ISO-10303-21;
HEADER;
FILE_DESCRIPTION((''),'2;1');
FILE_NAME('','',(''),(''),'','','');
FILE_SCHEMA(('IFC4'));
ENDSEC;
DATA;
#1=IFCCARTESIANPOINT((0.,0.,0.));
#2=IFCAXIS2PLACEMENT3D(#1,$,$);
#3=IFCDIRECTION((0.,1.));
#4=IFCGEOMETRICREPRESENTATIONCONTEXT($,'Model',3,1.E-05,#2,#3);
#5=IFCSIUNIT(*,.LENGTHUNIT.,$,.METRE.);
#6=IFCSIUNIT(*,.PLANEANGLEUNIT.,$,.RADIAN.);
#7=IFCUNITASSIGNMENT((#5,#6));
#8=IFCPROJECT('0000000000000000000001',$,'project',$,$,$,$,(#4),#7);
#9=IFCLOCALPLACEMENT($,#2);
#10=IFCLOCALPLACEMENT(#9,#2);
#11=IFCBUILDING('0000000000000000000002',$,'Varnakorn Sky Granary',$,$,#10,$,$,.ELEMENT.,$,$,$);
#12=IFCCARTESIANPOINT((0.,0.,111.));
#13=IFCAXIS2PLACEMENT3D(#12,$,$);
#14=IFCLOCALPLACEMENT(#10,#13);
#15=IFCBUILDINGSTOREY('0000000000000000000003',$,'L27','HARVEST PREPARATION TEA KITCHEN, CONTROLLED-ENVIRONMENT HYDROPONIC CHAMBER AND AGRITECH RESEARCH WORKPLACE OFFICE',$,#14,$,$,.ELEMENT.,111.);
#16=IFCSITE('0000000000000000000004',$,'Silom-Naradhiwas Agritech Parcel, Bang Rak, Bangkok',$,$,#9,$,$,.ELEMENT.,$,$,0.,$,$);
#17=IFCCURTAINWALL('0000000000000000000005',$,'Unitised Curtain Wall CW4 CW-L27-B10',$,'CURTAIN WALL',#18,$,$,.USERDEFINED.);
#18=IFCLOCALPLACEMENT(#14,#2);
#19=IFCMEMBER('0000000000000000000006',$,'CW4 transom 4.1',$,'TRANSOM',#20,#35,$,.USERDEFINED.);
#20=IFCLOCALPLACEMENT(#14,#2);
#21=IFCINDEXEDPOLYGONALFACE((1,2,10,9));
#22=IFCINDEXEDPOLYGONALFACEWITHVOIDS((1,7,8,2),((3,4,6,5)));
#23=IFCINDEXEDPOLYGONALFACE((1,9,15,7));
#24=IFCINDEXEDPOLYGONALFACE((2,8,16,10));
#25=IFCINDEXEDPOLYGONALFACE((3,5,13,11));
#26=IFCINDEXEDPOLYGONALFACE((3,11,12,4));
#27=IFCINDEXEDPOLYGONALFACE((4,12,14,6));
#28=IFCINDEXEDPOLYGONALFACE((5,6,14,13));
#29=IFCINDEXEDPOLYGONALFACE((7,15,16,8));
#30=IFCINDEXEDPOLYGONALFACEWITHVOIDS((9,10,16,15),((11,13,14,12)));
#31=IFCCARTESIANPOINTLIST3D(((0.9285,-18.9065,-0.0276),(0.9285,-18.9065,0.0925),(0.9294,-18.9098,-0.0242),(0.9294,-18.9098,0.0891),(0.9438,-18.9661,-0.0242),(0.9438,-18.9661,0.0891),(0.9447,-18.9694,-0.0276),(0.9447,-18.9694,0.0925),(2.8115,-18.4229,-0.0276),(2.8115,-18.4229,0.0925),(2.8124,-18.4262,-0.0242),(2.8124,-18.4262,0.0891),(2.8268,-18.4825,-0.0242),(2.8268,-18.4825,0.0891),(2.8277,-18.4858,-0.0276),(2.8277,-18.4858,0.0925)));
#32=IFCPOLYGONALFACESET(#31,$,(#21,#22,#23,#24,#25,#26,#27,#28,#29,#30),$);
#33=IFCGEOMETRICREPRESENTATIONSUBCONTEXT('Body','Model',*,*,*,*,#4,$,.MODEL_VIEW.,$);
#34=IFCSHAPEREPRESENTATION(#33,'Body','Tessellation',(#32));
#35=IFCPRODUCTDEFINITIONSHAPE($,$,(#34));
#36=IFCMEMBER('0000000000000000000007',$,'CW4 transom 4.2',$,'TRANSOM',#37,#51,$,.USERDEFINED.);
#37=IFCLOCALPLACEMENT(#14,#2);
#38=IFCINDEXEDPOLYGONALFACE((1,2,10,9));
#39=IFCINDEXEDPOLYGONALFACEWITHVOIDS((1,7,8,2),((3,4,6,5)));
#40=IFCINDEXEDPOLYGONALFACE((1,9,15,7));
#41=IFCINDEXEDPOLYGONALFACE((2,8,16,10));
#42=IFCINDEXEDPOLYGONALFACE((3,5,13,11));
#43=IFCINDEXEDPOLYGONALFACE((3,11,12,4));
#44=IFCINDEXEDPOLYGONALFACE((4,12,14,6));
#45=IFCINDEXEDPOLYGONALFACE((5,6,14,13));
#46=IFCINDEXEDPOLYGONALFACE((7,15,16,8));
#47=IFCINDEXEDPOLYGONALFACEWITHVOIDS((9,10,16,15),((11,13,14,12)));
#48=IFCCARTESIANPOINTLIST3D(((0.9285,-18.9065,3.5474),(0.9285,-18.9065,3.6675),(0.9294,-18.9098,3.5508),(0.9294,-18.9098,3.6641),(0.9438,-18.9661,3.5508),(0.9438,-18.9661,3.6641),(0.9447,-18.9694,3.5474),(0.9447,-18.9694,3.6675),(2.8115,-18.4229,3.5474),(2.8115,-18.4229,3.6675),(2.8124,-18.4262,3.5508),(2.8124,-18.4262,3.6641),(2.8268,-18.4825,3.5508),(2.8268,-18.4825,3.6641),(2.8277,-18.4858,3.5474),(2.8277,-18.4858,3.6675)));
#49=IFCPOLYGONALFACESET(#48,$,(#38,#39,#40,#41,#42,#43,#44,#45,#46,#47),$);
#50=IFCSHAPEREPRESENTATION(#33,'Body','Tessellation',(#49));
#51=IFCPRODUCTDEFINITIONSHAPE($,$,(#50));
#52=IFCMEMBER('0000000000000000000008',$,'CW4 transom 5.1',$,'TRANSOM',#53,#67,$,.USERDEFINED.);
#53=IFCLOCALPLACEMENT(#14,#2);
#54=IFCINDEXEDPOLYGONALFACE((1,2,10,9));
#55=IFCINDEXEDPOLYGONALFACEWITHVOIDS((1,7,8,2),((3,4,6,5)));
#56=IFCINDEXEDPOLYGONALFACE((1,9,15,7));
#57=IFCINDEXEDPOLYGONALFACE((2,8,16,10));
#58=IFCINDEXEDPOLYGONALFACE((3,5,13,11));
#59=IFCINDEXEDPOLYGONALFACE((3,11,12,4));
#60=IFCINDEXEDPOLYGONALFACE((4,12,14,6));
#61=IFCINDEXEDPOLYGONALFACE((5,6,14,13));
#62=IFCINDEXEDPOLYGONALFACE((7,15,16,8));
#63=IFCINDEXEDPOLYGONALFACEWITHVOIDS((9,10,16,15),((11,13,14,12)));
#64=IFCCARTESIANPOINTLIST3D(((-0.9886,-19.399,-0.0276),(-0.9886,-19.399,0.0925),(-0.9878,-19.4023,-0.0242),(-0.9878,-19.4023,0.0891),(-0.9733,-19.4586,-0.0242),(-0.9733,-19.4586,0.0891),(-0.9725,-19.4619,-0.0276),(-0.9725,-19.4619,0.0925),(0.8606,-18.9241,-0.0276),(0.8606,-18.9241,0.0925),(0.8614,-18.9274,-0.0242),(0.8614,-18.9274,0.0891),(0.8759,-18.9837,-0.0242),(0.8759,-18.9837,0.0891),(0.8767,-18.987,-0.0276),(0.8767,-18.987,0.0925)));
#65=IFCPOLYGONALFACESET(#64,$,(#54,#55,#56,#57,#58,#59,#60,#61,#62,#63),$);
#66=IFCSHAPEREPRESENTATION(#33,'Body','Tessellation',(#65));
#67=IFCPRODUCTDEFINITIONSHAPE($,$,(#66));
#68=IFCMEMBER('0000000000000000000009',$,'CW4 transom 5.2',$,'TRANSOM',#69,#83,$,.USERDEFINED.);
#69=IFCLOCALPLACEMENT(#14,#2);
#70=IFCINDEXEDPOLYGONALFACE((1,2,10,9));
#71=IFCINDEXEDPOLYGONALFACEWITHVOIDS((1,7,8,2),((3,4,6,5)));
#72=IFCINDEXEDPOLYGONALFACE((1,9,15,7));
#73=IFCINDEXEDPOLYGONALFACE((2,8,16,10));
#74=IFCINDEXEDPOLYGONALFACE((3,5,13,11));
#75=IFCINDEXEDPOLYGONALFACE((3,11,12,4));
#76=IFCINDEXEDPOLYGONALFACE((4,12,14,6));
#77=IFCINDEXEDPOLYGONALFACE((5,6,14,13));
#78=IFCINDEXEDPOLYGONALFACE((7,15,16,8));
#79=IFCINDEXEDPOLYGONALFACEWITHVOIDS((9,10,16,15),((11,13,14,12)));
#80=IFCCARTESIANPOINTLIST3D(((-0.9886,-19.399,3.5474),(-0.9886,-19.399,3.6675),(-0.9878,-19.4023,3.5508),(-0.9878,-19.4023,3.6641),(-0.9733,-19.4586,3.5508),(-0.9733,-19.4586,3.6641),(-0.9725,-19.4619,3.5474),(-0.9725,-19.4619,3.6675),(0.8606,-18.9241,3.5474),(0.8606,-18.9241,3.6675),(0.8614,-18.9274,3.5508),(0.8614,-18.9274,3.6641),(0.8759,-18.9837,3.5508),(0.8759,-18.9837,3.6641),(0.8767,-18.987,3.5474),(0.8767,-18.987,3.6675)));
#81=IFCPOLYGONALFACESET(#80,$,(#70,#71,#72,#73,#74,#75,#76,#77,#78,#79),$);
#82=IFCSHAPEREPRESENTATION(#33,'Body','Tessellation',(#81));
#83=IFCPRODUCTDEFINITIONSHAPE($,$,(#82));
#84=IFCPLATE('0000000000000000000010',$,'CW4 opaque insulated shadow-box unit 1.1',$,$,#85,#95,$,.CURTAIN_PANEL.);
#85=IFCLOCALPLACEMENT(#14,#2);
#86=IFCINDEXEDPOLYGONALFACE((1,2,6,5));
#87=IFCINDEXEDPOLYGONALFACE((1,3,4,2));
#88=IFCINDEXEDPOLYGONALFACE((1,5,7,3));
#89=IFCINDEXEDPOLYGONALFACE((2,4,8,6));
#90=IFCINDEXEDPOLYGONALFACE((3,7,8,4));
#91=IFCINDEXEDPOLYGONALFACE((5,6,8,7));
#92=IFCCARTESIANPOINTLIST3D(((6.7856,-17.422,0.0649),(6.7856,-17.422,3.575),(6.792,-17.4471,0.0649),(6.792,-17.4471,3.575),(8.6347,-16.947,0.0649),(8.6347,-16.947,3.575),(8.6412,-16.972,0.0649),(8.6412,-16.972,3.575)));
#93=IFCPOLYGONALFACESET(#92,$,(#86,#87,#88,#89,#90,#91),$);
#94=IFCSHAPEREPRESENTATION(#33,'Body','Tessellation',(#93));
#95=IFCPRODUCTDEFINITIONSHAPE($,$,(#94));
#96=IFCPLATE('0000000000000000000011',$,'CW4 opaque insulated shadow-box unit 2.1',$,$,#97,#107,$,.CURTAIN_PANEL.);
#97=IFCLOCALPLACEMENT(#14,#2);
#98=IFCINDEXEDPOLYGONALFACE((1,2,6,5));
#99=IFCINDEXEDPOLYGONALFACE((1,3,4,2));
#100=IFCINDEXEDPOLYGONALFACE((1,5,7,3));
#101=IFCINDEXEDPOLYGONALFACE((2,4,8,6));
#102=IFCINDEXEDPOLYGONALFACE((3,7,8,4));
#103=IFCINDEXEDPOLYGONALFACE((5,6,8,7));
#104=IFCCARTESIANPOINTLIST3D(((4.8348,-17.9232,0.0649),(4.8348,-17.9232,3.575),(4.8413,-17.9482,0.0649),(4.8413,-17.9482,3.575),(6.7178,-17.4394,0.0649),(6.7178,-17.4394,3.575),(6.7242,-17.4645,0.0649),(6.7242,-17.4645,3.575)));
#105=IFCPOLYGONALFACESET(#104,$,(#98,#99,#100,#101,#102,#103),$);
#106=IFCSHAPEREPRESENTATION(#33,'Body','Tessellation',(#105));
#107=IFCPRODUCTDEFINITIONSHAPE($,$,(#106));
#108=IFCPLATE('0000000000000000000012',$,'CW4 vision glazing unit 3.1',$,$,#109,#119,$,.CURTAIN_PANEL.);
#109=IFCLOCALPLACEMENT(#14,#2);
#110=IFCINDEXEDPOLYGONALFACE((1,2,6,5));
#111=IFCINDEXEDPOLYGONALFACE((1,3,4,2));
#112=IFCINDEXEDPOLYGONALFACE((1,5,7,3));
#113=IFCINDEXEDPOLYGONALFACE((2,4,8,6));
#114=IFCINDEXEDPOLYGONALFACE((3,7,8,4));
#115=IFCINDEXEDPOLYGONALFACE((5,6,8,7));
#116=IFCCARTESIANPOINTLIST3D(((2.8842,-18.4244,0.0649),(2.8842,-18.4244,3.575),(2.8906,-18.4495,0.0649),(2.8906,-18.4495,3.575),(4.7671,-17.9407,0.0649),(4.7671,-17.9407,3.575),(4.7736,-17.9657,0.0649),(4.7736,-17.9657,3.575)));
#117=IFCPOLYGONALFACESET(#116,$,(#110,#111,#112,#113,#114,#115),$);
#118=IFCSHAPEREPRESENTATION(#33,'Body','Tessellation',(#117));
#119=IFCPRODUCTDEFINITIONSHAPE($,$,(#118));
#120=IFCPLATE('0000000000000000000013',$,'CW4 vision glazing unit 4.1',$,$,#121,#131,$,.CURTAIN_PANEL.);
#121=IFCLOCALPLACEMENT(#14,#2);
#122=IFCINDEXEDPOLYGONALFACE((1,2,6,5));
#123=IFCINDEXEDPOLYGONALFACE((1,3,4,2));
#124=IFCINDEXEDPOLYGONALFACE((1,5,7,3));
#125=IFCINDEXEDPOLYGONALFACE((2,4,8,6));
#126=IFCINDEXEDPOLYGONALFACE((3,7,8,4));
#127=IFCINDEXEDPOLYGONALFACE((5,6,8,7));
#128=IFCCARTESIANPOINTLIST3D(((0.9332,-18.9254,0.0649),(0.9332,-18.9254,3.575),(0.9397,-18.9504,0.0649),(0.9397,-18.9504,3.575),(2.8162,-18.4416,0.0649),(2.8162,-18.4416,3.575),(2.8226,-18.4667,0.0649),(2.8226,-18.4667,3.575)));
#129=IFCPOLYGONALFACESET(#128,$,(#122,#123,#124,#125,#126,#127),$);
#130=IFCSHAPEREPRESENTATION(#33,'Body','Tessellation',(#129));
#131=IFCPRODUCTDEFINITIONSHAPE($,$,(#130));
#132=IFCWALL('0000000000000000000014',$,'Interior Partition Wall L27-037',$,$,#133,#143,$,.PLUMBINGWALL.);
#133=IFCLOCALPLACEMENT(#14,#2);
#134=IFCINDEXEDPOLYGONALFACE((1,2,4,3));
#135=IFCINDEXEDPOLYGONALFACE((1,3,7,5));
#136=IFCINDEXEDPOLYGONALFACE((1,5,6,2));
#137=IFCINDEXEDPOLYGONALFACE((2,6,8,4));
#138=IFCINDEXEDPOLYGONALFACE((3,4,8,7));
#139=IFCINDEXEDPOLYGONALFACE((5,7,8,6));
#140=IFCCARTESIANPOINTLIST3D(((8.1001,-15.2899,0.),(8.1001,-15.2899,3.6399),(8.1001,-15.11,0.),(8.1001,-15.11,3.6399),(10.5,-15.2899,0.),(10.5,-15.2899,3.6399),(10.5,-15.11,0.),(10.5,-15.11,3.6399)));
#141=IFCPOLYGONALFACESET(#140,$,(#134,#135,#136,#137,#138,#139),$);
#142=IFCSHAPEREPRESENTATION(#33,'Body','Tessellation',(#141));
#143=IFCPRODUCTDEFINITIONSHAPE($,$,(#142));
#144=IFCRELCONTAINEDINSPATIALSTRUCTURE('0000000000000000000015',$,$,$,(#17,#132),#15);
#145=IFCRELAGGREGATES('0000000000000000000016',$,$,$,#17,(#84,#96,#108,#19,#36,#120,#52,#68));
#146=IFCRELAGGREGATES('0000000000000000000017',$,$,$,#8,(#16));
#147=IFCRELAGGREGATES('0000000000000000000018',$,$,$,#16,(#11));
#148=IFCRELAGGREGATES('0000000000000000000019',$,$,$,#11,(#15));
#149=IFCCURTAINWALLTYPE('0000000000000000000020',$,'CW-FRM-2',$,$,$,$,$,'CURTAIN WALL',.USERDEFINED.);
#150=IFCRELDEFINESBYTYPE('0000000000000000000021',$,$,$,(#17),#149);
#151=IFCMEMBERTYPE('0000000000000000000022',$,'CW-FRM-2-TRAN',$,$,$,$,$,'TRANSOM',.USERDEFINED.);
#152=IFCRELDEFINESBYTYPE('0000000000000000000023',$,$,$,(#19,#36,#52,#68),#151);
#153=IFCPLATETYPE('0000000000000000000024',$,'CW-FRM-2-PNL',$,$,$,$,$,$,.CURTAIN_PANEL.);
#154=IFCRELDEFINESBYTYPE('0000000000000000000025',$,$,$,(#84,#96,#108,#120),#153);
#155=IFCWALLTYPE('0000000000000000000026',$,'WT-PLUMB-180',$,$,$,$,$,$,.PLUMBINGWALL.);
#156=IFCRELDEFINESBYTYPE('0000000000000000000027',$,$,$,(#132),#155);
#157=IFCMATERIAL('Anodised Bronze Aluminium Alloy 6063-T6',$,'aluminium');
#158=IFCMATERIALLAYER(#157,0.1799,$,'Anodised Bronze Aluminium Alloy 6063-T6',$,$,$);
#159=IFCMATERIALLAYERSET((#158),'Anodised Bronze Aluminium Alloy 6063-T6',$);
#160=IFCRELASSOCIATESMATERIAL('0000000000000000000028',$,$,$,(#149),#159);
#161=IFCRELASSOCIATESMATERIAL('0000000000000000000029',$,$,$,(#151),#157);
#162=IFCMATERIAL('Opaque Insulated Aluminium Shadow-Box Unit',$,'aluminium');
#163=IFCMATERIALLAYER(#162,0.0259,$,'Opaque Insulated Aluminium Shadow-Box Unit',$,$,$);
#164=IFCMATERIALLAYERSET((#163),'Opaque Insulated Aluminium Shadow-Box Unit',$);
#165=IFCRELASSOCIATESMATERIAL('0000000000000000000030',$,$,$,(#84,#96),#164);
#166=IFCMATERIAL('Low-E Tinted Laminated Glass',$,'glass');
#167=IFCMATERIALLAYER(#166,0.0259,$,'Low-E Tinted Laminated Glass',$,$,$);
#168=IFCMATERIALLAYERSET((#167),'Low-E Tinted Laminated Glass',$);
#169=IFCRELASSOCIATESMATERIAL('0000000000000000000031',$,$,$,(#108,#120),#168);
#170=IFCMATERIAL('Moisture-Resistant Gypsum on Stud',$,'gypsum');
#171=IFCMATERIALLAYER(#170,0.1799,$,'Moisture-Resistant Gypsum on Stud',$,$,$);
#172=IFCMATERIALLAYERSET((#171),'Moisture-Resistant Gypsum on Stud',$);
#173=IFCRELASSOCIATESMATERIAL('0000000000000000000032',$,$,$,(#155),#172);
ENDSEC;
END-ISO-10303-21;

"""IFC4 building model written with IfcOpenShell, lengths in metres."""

from ifc_helpers import new_model, si_unit, direction, frame, frame_2d, origin, origin_2d, place, context, subcontext, project, spatial, rectangle, hollow_rectangle, extrude, source, transform, mapped, material, layer, layer_set, material_profile, profile_set, type_object, type_shapes, element, aggregate, save


model = new_model("IFC4")

# Units and contexts
model_context = context("Model", 3, precision=1e-05, world=origin(), true_north=direction((0.0, 1.0)))
body_context = subcontext(model_context, "Body", "Model", "MODEL_VIEW")
ifc_project = project(units=[si_unit("LENGTHUNIT", "METRE"), si_unit("PLANEANGLEUNIT", "RADIAN")], contexts=[model_context])

# Site, building, storey
site_placement = place(None, origin())
site = spatial("IfcSite", under=ifc_project, at=site_placement, Name="Silom-Naradhiwas Agritech Parcel, Bang Rak, Bangkok", CompositionType="ELEMENT", RefElevation=0.0)
building_placement = place(site_placement, origin())
building = spatial("IfcBuilding", under=site, at=building_placement, Name="Varnakorn Sky Granary", CompositionType="ELEMENT")
storey_placement = place(building_placement, frame((0.0, 0.0, 111.0)))
storey = spatial("IfcBuildingStorey", under=building, at=storey_placement, Name="L27", Description="HARVEST PREPARATION TEA KITCHEN, CONTROLLED-ENVIRONMENT HYDROPONIC CHAMBER AND AGRITECH RESEARCH WORKPLACE OFFICE", CompositionType="ELEMENT", Elevation=111.0)

# Curtain wall, members, plates
ifc_material_1 = material(Name="Anodised Bronze Aluminium Alloy 6063-T6", Category="aluminium")
ifc_layer_1 = layer(ifc_material_1, 0.1799, Name="Anodised Bronze Aluminium Alloy 6063-T6")
ifc_layer_set_1 = layer_set([ifc_layer_1], Name="Anodised Bronze Aluminium Alloy 6063-T6")
curtain_wall_type = type_object("IfcCurtainWallType", Name="CW-FRM-2", ElementType="CURTAIN WALL", PredefinedType="USERDEFINED", material=ifc_layer_set_1)
curtain_wall_placement = place(storey_placement, origin())
curtain_wall = element("IfcCurtainWall", 1, at=curtain_wall_placement, inside=storey, type_object=curtain_wall_type, Name="Unitised Curtain Wall CW4 CW-L27-B10", ObjectType="CURTAIN WALL", PredefinedType="USERDEFINED")
ifc_material_profile_1 = material_profile(ifc_material_1, hollow_rectangle(XDim=0.0649, YDim=0.1201, WallThickness=0.0034, at=origin_2d()), Name="ALU TRAN 65x120")
ifc_profile_set_1 = profile_set([ifc_material_profile_1], Name="Anodised Bronze Aluminium Alloy 6063-T6")
member_type_1 = type_object("IfcMemberType", Name="CW-FRM-2-TRAN", ElementType="TRANSOM", PredefinedType="USERDEFINED", material=ifc_profile_set_1)
member_1_placement = place(storey_placement, frame((2.8196, -18.4543, 0.0325), z_axis=(-0.968564, -0.248765, 0.0), x_axis=(0.248765, -0.968564, 0.0)))
member_1 = element("IfcMember", 2, at=member_1_placement, type_object=member_type_1, Name="CW4 transom 4.1", ObjectType="TRANSOM", PredefinedType="USERDEFINED", context=body_context, shape_type="SweptSolid", body=[
    extrude(hollow_rectangle(XDim=0.0649, YDim=0.1201, WallThickness=0.0034, at=origin_2d()), origin(), (0.0, 0.0, 1.0), 1.9441),
])
member_2_placement = place(storey_placement, frame((2.8196, -18.4543, 3.6074), z_axis=(-0.968564, -0.248765, 0.0), x_axis=(0.248765, -0.968564, 0.0)))
member_2 = element("IfcMember", 3, at=member_2_placement, type_object=member_type_1, Name="CW4 transom 4.2", ObjectType="TRANSOM", PredefinedType="USERDEFINED", context=body_context, shape_type="SweptSolid", body=[
    extrude(hollow_rectangle(XDim=0.0649, YDim=0.1201, WallThickness=0.0034, at=origin_2d()), origin(), (0.0, 0.0, 1.0), 1.9441),
])
member_3_placement = place(storey_placement, frame((0.8687, -18.9556, 0.0325), z_axis=(-0.968573, -0.248729, 0.0), x_axis=(0.248729, -0.968573, 0.0)))
member_3 = element("IfcMember", 4, at=member_3_placement, type_object=member_type_1, Name="CW4 transom 5.1", ObjectType="TRANSOM", PredefinedType="USERDEFINED", context=body_context, shape_type="SweptSolid", body=[
    extrude(hollow_rectangle(XDim=0.0649, YDim=0.1201, WallThickness=0.0034, at=origin_2d()), origin(), (0.0, 0.0, 1.0), 1.9092),
])
member_4_placement = place(storey_placement, frame((0.8687, -18.9556, 3.6074), z_axis=(-0.968573, -0.248729, 0.0), x_axis=(0.248729, -0.968573, 0.0)))
member_4 = element("IfcMember", 5, at=member_4_placement, type_object=member_type_1, Name="CW4 transom 5.2", ObjectType="TRANSOM", PredefinedType="USERDEFINED", context=body_context, shape_type="SweptSolid", body=[
    extrude(hollow_rectangle(XDim=0.0649, YDim=0.1201, WallThickness=0.0034, at=origin_2d()), origin(), (0.0, 0.0, 1.0), 1.9092),
])
ifc_material_2 = material(Name="Opaque Insulated Aluminium Shadow-Box Unit", Category="aluminium")
ifc_layer_2 = layer(ifc_material_2, 0.0259, Name="Opaque Insulated Aluminium Shadow-Box Unit")
ifc_layer_set_2 = layer_set([ifc_layer_2], Name="Opaque Insulated Aluminium Shadow-Box Unit")
plate_type = type_object("IfcPlateType", Name="CW-FRM-2-PNL", PredefinedType="CURTAIN_PANEL")
shared_shape_1 = source(origin(), body_context, "Body", "SweptSolid", [
    extrude(rectangle(XDim=1.9092, YDim=0.0259, at=origin_2d()), origin(), (0.0, 0.0, 1.0), 3.51),
])
plate_1_placement = place(storey_placement, frame((7.7134, -17.197, 0.0649), z_axis=(0.0, 0.0, 1.0), x_axis=(-0.968549, -0.248823, 0.0)))
plate_1 = element("IfcPlate", 6, at=plate_1_placement, type_object=plate_type, material=ifc_layer_set_2, Name="CW4 opaque insulated shadow-box unit 1.1", PredefinedType="CURTAIN_PANEL", context=body_context, shape_type="MappedRepresentation", body=[
    mapped(shared_shape_1, transform((0.0, 0.0, 0.0), x_axis=(1.0, 0.0, 0.0), y_axis=(0.0, 1.0, 0.0), z_axis=(0.0, 0.0, 1.0), scale=1.0)),
])
shared_shape_2 = source(origin(), body_context, "Body", "SweptSolid", [
    extrude(rectangle(XDim=1.9441, YDim=0.0259, at=origin_2d()), origin(), (0.0, 0.0, 1.0), 3.51),
])
type_shapes(plate_type, [shared_shape_1, shared_shape_2])
plate_2_placement = place(storey_placement, frame((5.7795, -17.6938, 0.0649), z_axis=(0.0, 0.0, 1.0), x_axis=(-0.968549, -0.248823, 0.0)))
plate_2 = element("IfcPlate", 7, at=plate_2_placement, type_object=plate_type, material=ifc_layer_set_2, Name="CW4 opaque insulated shadow-box unit 2.1", PredefinedType="CURTAIN_PANEL", context=body_context, shape_type="MappedRepresentation", body=[
    mapped(shared_shape_2, transform((0.0, 0.0, 0.0), x_axis=(1.0, 0.0, 0.0), y_axis=(0.0, 1.0, 0.0), z_axis=(0.0, 0.0, 1.0), scale=1.0)),
])
ifc_material_3 = material(Name="Low-E Tinted Laminated Glass", Category="glass")
ifc_layer_3 = layer(ifc_material_3, 0.0259, Name="Low-E Tinted Laminated Glass")
ifc_layer_set_3 = layer_set([ifc_layer_3], Name="Low-E Tinted Laminated Glass")
plate_3_placement = place(storey_placement, frame((3.8289, -18.1951, 0.0649), z_axis=(0.0, 0.0, 1.0), x_axis=(-0.968549, -0.248823, 0.0)))
plate_3 = element("IfcPlate", 8, at=plate_3_placement, type_object=plate_type, material=ifc_layer_set_3, Name="CW4 vision glazing unit 3.1", PredefinedType="CURTAIN_PANEL", context=body_context, shape_type="MappedRepresentation", body=[
    mapped(shared_shape_2, transform((0.0, 0.0, 0.0), x_axis=(1.0, 0.0, 0.0), y_axis=(0.0, 1.0, 0.0), z_axis=(0.0, 0.0, 1.0), scale=1.0)),
])
plate_4_placement = place(storey_placement, frame((1.8779, -18.696, 0.0649), z_axis=(0.0, 0.0, 1.0), x_axis=(-0.968549, -0.248823, 0.0)))
plate_4 = element("IfcPlate", 9, at=plate_4_placement, type_object=plate_type, material=ifc_layer_set_3, Name="CW4 vision glazing unit 4.1", PredefinedType="CURTAIN_PANEL", context=body_context, shape_type="MappedRepresentation", body=[
    mapped(shared_shape_2, transform((0.0, 0.0, 0.0), x_axis=(1.0, 0.0, 0.0), y_axis=(0.0, 1.0, 0.0), z_axis=(0.0, 0.0, 1.0), scale=1.0)),
])
aggregate(curtain_wall, [plate_1, plate_2, plate_3, member_1, member_2, plate_4, member_3, member_4])

# Wall
ifc_material_4 = material(Name="Moisture-Resistant Gypsum on Stud", Category="gypsum")
ifc_layer_4 = layer(ifc_material_4, 0.1799, Name="Moisture-Resistant Gypsum on Stud")
ifc_layer_set_4 = layer_set([ifc_layer_4], Name="Moisture-Resistant Gypsum on Stud")
wall_type = type_object("IfcWallType", Name="WT-PLUMB-180", PredefinedType="PLUMBINGWALL", material=ifc_layer_set_4)
wall_placement = place(storey_placement, frame((8.1001, -15.2, 0.0), z_axis=(0.0, 0.0, 1.0), x_axis=(1.0, 0.0, 0.0)))
element("IfcWall", 10, at=wall_placement, inside=storey, type_object=wall_type, Name="Interior Partition Wall L27-037", PredefinedType="PLUMBINGWALL", context=body_context, shape_type="SweptSolid", body=[
    extrude(rectangle(XDim=2.3999, YDim=0.1799, at=frame_2d((1.2, 0.0))), origin(), (0.0, 0.0, 1.0), 3.6399),
])

save(model, "model.ifc")
